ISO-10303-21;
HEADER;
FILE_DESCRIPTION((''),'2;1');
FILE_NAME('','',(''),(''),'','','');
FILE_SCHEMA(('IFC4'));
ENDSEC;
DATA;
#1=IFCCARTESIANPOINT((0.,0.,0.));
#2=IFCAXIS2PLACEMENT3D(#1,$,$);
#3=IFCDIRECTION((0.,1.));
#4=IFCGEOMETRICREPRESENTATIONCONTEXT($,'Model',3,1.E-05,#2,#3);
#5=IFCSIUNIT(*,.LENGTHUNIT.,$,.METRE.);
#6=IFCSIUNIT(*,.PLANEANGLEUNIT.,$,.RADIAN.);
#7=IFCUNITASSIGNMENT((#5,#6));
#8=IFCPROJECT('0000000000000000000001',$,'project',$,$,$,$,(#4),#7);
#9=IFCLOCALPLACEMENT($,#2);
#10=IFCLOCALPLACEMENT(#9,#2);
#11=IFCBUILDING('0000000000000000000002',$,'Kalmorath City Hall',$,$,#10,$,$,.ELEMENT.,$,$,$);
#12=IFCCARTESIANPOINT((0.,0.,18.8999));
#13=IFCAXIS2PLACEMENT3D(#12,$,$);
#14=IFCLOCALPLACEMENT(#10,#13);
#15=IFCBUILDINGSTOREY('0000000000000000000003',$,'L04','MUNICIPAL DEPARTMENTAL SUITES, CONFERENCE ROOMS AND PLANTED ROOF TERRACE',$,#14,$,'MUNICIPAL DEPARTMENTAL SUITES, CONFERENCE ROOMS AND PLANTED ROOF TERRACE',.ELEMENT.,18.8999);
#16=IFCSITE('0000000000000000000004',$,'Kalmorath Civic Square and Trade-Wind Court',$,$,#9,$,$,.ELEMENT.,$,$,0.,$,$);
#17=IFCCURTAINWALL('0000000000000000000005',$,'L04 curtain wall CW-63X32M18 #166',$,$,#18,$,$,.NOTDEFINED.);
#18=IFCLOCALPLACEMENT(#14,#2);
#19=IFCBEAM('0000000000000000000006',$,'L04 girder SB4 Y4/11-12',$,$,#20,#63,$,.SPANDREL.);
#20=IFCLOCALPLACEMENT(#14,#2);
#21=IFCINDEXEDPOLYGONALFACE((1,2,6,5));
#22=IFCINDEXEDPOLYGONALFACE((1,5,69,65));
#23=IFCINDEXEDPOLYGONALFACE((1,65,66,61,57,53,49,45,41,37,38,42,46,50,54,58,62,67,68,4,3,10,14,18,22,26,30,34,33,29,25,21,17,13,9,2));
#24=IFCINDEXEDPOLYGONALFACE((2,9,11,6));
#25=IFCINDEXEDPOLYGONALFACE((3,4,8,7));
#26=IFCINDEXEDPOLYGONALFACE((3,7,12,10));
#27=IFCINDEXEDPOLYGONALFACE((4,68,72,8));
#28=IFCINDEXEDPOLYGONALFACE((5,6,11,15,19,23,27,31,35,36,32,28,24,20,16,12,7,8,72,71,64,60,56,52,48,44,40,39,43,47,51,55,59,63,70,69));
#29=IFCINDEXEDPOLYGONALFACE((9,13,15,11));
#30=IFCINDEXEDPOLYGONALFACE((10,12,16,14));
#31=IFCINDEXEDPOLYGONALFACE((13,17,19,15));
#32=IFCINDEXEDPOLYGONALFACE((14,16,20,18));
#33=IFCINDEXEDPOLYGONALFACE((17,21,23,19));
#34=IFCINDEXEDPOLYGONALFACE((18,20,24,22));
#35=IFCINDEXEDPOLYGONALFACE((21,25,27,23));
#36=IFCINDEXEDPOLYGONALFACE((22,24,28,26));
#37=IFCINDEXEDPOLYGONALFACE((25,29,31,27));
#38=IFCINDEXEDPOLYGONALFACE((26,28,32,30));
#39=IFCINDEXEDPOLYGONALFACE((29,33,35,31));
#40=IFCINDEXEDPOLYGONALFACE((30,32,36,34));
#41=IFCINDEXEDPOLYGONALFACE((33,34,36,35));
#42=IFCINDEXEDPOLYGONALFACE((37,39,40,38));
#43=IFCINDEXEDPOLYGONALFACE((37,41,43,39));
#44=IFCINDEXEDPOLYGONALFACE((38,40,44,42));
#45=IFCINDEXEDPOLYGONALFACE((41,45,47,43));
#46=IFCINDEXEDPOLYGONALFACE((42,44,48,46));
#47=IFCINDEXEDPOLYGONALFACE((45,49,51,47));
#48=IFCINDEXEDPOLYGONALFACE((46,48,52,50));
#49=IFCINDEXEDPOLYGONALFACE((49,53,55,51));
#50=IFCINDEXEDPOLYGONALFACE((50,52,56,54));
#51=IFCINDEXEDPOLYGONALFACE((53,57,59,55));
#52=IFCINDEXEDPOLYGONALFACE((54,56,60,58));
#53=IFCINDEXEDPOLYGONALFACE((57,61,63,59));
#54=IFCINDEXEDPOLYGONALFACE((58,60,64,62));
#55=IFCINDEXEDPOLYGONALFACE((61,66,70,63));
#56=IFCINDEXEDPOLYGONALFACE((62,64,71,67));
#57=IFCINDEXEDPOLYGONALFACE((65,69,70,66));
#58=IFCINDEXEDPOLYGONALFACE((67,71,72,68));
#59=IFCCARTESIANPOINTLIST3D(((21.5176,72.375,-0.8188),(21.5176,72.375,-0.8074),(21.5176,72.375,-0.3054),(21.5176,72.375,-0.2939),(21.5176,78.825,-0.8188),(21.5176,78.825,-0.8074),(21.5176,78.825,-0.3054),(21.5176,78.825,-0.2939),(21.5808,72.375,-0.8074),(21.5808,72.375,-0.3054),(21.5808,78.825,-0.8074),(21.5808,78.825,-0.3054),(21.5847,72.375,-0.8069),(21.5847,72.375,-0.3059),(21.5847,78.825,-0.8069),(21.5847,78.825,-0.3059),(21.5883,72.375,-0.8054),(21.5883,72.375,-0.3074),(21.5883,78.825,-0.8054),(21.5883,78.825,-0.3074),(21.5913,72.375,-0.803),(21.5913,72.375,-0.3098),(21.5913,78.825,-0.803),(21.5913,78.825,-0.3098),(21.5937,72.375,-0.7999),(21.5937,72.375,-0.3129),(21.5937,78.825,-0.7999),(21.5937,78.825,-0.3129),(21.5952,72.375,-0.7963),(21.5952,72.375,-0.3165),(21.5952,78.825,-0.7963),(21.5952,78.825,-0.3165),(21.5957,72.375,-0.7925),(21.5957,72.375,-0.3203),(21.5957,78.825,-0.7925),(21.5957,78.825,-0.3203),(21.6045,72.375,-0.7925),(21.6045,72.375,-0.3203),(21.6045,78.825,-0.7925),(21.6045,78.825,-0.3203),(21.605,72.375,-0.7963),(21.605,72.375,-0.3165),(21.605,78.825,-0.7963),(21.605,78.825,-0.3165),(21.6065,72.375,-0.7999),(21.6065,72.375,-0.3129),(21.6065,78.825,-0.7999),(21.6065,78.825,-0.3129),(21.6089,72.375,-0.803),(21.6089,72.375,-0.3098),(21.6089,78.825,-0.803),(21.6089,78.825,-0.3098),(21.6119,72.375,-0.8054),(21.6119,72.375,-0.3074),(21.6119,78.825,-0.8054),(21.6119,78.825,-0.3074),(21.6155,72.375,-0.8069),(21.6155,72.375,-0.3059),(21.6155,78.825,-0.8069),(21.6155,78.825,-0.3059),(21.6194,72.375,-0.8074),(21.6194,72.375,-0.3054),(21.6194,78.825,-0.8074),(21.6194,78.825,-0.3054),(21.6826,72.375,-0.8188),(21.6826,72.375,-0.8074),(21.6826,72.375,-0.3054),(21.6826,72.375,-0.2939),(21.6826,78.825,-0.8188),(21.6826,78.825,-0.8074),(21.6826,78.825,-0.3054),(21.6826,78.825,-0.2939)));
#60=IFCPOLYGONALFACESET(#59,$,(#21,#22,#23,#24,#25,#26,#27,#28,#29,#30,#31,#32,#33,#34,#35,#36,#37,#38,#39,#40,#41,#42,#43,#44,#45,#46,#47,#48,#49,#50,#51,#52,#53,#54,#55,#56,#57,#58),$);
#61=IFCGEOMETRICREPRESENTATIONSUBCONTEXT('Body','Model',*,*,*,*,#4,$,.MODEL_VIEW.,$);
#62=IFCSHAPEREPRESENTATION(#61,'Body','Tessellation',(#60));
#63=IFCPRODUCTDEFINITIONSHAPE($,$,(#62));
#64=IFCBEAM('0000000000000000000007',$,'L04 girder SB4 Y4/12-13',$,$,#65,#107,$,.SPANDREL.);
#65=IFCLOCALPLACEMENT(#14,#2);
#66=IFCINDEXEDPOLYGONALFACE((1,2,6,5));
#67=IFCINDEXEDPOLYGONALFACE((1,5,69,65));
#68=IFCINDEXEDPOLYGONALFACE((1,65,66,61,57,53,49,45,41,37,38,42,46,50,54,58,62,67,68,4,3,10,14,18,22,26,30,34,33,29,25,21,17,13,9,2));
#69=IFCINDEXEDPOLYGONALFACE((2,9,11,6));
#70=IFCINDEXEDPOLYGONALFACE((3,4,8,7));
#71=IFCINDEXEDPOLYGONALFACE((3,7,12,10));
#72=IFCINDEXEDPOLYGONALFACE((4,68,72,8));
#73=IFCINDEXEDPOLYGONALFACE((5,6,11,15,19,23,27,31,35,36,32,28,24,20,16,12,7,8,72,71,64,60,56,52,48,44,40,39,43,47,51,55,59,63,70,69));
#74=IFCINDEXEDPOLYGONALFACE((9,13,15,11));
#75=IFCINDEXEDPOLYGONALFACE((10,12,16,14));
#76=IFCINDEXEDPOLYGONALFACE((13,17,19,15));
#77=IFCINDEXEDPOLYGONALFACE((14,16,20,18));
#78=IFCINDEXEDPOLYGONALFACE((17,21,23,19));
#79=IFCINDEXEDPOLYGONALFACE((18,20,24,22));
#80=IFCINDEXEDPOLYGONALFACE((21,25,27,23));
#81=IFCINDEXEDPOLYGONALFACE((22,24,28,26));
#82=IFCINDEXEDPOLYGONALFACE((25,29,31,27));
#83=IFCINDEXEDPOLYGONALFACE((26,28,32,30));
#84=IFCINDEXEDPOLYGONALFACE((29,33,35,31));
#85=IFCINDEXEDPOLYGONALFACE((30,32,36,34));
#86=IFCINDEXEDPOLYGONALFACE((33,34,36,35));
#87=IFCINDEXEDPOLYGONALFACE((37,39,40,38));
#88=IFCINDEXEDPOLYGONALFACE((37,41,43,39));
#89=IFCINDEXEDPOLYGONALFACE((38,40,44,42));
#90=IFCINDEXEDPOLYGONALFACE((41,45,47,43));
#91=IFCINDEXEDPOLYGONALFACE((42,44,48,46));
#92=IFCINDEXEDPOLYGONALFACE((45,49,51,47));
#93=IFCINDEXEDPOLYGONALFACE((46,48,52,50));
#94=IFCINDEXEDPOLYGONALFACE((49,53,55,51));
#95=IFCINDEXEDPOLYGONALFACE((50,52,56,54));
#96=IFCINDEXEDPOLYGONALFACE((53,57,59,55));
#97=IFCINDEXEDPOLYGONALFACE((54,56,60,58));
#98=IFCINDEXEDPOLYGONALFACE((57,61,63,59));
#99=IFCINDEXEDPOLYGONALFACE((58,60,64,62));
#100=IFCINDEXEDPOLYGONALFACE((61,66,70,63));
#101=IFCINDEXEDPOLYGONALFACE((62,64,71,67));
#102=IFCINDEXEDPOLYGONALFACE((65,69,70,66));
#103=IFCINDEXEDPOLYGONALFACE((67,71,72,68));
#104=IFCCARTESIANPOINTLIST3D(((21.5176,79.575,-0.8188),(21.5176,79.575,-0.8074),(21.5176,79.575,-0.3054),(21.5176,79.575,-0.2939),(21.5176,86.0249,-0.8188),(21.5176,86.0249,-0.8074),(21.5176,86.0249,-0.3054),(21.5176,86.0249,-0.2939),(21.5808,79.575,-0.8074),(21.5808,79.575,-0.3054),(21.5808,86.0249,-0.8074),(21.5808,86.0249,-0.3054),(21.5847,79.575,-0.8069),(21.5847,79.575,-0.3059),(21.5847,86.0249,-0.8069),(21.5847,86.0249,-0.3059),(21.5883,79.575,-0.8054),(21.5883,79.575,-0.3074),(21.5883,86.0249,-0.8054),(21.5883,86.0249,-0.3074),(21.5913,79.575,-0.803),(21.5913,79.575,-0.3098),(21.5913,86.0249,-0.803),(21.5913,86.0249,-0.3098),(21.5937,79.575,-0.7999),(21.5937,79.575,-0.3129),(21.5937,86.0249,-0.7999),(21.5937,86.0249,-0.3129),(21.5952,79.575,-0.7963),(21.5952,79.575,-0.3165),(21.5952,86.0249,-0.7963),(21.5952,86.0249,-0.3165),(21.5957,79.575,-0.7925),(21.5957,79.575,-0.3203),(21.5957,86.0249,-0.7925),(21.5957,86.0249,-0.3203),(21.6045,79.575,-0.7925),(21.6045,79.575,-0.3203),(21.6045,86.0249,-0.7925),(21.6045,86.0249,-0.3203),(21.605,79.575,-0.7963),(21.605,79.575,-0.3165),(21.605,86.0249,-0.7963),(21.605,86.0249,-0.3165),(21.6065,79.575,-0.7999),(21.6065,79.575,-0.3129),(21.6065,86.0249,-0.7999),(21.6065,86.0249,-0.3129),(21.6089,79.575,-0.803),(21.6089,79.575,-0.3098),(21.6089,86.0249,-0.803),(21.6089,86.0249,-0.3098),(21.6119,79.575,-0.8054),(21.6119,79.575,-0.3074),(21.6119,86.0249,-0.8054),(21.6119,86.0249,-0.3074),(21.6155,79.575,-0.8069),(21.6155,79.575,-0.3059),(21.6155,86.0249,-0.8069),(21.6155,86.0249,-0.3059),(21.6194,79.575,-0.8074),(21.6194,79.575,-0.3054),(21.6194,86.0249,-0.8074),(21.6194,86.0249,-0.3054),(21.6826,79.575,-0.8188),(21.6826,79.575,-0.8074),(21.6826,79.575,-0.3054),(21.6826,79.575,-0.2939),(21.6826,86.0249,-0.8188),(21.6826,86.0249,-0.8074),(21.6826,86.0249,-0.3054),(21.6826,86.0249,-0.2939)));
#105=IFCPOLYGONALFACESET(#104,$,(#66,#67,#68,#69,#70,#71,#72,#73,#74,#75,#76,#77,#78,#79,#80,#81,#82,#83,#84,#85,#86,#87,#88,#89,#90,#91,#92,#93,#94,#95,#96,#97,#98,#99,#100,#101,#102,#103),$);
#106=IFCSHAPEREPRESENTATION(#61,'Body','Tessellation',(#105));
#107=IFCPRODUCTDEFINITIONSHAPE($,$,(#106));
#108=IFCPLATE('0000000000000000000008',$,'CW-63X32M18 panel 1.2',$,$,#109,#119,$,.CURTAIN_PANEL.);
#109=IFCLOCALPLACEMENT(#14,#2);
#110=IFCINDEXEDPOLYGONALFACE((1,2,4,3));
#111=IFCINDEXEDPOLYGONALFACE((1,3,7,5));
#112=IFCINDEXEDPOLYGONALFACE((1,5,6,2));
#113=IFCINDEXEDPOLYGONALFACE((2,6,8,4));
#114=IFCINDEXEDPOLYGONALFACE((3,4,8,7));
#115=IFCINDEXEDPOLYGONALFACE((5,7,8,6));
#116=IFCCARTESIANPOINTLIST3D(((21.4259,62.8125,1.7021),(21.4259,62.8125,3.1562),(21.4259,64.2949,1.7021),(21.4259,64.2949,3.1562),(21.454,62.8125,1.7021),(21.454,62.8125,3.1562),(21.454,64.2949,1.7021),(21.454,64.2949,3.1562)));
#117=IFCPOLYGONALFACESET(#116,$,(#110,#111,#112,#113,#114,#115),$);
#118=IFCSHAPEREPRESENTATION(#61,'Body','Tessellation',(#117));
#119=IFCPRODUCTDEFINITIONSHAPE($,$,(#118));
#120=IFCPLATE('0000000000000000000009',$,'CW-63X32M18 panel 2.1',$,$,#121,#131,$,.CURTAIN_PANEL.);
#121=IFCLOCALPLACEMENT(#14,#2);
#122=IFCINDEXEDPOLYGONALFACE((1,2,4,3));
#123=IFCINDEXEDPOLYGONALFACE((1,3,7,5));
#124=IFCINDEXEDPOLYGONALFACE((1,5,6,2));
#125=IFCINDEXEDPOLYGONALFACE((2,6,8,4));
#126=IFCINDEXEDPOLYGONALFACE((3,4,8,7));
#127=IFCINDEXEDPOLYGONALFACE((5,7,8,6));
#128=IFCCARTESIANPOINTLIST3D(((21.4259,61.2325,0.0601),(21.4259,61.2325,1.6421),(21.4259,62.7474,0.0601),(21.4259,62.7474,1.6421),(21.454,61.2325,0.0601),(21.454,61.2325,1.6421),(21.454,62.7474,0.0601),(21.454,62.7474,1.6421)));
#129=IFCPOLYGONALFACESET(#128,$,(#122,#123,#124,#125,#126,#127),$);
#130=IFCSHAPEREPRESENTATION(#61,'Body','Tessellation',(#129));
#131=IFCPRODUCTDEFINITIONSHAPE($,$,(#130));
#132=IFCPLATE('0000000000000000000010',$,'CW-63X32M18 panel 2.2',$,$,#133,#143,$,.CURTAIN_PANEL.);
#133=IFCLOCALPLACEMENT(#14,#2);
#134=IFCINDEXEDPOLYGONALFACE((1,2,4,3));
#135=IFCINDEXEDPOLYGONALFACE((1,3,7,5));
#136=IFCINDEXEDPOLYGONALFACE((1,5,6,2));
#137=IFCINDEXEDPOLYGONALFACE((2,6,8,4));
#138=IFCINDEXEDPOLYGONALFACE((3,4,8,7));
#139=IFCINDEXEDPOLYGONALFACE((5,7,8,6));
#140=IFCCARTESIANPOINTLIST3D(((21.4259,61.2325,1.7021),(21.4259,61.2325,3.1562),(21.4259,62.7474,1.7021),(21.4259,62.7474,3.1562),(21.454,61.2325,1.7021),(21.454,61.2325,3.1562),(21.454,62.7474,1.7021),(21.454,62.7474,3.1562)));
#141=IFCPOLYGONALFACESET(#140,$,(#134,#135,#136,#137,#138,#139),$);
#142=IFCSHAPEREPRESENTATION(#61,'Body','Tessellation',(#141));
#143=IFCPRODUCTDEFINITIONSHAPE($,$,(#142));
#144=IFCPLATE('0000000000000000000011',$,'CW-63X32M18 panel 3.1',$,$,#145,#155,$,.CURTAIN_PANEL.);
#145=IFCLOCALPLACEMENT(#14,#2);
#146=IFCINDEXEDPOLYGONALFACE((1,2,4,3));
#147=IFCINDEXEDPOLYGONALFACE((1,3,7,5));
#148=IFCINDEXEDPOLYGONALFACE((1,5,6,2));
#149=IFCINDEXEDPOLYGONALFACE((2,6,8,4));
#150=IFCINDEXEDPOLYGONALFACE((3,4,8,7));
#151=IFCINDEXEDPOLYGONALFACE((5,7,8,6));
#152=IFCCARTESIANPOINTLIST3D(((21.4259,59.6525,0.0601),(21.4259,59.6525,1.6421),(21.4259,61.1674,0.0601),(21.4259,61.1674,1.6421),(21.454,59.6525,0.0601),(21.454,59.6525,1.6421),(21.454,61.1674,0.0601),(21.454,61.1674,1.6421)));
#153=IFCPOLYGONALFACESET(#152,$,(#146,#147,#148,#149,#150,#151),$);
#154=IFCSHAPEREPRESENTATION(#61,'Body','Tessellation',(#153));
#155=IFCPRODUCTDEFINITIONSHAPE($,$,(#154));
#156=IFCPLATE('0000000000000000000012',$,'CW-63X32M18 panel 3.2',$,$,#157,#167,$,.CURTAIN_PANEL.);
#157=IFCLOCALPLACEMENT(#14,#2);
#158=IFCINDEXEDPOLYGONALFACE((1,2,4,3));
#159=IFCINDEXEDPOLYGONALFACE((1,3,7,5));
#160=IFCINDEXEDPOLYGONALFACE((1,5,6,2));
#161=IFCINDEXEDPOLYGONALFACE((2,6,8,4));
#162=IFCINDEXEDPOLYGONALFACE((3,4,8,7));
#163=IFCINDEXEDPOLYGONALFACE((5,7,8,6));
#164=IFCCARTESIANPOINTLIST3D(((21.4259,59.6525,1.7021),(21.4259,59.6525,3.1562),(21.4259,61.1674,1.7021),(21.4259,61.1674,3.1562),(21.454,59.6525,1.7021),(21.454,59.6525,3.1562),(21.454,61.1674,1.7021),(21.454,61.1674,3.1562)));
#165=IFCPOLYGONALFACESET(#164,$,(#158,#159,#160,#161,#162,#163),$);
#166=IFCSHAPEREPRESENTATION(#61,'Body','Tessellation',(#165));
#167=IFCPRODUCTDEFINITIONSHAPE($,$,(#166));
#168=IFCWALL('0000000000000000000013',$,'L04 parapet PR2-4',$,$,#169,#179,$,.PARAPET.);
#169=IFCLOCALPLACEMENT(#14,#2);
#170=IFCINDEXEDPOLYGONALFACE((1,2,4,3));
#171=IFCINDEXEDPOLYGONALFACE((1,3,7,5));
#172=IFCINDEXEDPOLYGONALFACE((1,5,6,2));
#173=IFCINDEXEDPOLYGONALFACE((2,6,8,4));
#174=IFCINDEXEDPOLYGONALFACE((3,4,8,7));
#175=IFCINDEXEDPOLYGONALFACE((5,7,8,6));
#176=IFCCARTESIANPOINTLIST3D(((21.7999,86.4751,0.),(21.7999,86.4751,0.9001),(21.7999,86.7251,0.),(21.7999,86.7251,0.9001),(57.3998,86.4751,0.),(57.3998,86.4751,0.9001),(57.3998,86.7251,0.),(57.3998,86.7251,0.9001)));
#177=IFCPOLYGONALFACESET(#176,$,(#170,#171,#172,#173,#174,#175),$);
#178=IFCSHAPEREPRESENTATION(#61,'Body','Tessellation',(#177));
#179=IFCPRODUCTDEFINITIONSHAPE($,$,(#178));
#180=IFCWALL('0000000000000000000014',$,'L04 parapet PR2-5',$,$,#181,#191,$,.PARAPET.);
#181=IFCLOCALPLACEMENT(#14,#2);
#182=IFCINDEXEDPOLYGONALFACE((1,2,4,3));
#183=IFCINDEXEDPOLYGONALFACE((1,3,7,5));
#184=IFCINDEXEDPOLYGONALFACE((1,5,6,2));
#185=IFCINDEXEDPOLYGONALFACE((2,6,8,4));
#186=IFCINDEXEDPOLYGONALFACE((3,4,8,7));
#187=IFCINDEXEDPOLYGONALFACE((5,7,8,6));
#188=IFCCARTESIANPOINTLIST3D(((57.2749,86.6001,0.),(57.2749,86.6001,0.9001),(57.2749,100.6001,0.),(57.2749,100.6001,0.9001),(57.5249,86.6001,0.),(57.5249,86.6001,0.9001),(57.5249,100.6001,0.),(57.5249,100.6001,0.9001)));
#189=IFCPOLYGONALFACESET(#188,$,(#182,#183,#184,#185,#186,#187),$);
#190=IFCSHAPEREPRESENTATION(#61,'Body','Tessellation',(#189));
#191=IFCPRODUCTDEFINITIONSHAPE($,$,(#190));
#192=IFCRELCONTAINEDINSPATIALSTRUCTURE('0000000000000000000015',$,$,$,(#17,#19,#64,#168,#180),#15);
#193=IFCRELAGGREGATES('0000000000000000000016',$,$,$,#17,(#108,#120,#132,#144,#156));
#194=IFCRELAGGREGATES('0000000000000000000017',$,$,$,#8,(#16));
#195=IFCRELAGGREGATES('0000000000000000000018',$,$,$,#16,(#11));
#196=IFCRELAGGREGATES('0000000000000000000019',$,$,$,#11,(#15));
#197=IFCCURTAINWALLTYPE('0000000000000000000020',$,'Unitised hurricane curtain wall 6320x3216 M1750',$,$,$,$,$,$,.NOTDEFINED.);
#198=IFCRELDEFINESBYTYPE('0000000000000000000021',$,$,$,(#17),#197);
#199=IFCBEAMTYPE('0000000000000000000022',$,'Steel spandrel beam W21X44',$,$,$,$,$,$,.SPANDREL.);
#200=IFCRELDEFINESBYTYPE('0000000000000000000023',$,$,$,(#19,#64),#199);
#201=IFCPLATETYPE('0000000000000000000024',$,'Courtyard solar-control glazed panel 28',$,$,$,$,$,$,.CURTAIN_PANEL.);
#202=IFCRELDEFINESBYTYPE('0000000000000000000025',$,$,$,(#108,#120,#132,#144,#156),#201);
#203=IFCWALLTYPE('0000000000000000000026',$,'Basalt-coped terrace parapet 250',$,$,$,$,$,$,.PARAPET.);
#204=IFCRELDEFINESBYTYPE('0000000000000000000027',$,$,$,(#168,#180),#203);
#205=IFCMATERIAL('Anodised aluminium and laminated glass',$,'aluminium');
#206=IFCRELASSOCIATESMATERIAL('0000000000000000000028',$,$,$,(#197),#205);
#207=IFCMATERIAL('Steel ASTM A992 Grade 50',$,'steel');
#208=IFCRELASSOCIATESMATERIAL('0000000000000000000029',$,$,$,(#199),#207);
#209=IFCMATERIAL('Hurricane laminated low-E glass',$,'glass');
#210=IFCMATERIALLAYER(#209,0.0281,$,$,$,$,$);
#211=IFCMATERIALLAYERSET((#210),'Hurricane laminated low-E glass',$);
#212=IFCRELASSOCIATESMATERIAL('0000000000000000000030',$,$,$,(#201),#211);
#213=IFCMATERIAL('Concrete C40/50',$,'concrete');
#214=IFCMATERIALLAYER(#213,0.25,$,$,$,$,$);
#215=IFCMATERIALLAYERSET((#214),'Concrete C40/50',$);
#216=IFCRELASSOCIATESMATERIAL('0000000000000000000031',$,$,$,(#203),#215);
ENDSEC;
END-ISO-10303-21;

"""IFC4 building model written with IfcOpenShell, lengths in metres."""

from ifc_helpers import new_model, si_unit, direction, frame, frame_2d, origin, origin_2d, place, context, subcontext, project, spatial, rectangle, i_section, extrude, material, layer, layer_set, material_profile, profile_set, type_object, element, aggregate, save


model = new_model("IFC4")

# Units and contexts
model_context = context("Model", 3, precision=1e-05, world=origin(), true_north=direction((0.0, 1.0)))
body_context = subcontext(model_context, "Body", "Model", "MODEL_VIEW")
ifc_project = project(units=[si_unit("LENGTHUNIT", "METRE"), si_unit("PLANEANGLEUNIT", "RADIAN")], contexts=[model_context])

# Site, building, storey
site_placement = place(None, origin())
site = spatial("IfcSite", under=ifc_project, at=site_placement, Name="Kalmorath Civic Square and Trade-Wind Court", CompositionType="ELEMENT", RefElevation=0.0)
building_placement = place(site_placement, origin())
building = spatial("IfcBuilding", under=site, at=building_placement, Name="Kalmorath City Hall", CompositionType="ELEMENT")
storey_placement = place(building_placement, frame((0.0, 0.0, 18.8999)))
storey = spatial("IfcBuildingStorey", under=building, at=storey_placement, Name="L04", Description="MUNICIPAL DEPARTMENTAL SUITES, CONFERENCE ROOMS AND PLANTED ROOF TERRACE", LongName="MUNICIPAL DEPARTMENTAL SUITES, CONFERENCE ROOMS AND PLANTED ROOF TERRACE", CompositionType="ELEMENT", Elevation=18.8999)

# Curtain wall
ifc_material_1 = material(Name="Anodised aluminium and laminated glass", Category="aluminium")
curtain_wall_type = type_object("IfcCurtainWallType", Name="Unitised hurricane curtain wall 6320x3216 M1750", PredefinedType="NOTDEFINED", material=ifc_material_1)
curtain_wall_placement = place(storey_placement, origin())
curtain_wall = element("IfcCurtainWall", 1, at=curtain_wall_placement, inside=storey, type_object=curtain_wall_type, Name="L04 curtain wall CW-63X32M18 #166", PredefinedType="NOTDEFINED")

# Beams
ifc_material_2 = material(Name="Steel ASTM A992 Grade 50", Category="steel")
ifc_material_profile_1 = material_profile(ifc_material_2, i_section(OverallWidth=0.165, OverallDepth=0.5249, WebThickness=0.0088, FlangeThickness=0.0115, FilletRadius=0.0149, at=origin_2d()), Name="W21X44")
ifc_profile_set_1 = profile_set([ifc_material_profile_1], Name="Steel ASTM A992 Grade 50")
beam_type_1 = type_object("IfcBeamType", Name="Steel spandrel beam W21X44", PredefinedType="SPANDREL", material=ifc_profile_set_1)
for number, where, z_axis, x_axis, name in (
    (2, (21.6001, 72.375, -0.5564), (0.0, 1.0, 0.0), (-1.0, 0.0, 0.0), "L04 girder SB4 Y4/11-12"),
    (3, (21.6001, 79.575, -0.5564), (0.0, 1.0, 0.0), (-1.0, 0.0, 0.0), "L04 girder SB4 Y4/12-13"),
):
    element("IfcBeam", number, at=place(storey_placement, frame(where, z_axis=z_axis, x_axis=x_axis)), inside=storey, type_object=beam_type_1, Name=name, PredefinedType="SPANDREL", context=body_context, shape_type="SweptSolid", body=[
        extrude(i_section(OverallWidth=0.165, OverallDepth=0.5249, WebThickness=0.0088, FlangeThickness=0.0115, FilletRadius=0.0149, at=origin_2d()), origin(), (0.0, 0.0, 1.0), 6.45),
    ])

# Plates
ifc_material_3 = material(Name="Hurricane laminated low-E glass", Category="glass")
ifc_layer_1 = layer(ifc_material_3, 0.0281)
ifc_layer_set_1 = layer_set([ifc_layer_1], Name="Hurricane laminated low-E glass")
plate_type = type_object("IfcPlateType", Name="Courtyard solar-control glazed panel 28", PredefinedType="CURTAIN_PANEL", material=ifc_layer_set_1)
plate_1_placement = place(storey_placement, frame((21.4399, 63.5537, 1.7021), z_axis=(0.0, 0.0, 1.0), x_axis=(0.0, -1.0, 0.0)))
plate_1 = element("IfcPlate", 4, at=plate_1_placement, type_object=plate_type, Name="CW-63X32M18 panel 1.2", PredefinedType="CURTAIN_PANEL", context=body_context, shape_type="SweptSolid", body=[
    extrude(rectangle(XDim=1.4824, YDim=0.0281, at=origin_2d()), origin(), (0.0, 0.0, 1.0), 1.4541),
])
plate_2_placement = place(storey_placement, frame((21.4399, 61.99, 0.0601), z_axis=(0.0, 0.0, 1.0), x_axis=(0.0, -1.0, 0.0)))
plate_2 = element("IfcPlate", 5, at=plate_2_placement, type_object=plate_type, Name="CW-63X32M18 panel 2.1", PredefinedType="CURTAIN_PANEL", context=body_context, shape_type="SweptSolid", body=[
    extrude(rectangle(XDim=1.5149, YDim=0.0281, at=origin_2d()), origin(), (0.0, 0.0, 1.0), 1.582),
])
plate_3_placement = place(storey_placement, frame((21.4399, 61.99, 1.7021), z_axis=(0.0, 0.0, 1.0), x_axis=(0.0, -1.0, 0.0)))
plate_3 = element("IfcPlate", 6, at=plate_3_placement, type_object=plate_type, Name="CW-63X32M18 panel 2.2", PredefinedType="CURTAIN_PANEL", context=body_context, shape_type="SweptSolid", body=[
    extrude(rectangle(XDim=1.5149, YDim=0.0281, at=origin_2d()), origin(), (0.0, 0.0, 1.0), 1.4541),
])
plate_4_placement = place(storey_placement, frame((21.4399, 60.4099, 0.0601), z_axis=(0.0, 0.0, 1.0), x_axis=(0.0, -1.0, 0.0)))
plate_4 = element("IfcPlate", 7, at=plate_4_placement, type_object=plate_type, Name="CW-63X32M18 panel 3.1", PredefinedType="CURTAIN_PANEL", context=body_context, shape_type="SweptSolid", body=[
    extrude(rectangle(XDim=1.5149, YDim=0.0281, at=origin_2d()), origin(), (0.0, 0.0, 1.0), 1.582),
])
plate_5_placement = place(storey_placement, frame((21.4399, 60.4099, 1.7021), z_axis=(0.0, 0.0, 1.0), x_axis=(0.0, -1.0, 0.0)))
plate_5 = element("IfcPlate", 8, at=plate_5_placement, type_object=plate_type, Name="CW-63X32M18 panel 3.2", PredefinedType="CURTAIN_PANEL", context=body_context, shape_type="SweptSolid", body=[
    extrude(rectangle(XDim=1.5149, YDim=0.0281, at=origin_2d()), origin(), (0.0, 0.0, 1.0), 1.4541),
])
aggregate(curtain_wall, [plate_1, plate_2, plate_3, plate_4, plate_5])

# Walls
ifc_material_4 = material(Name="Concrete C40/50", Category="concrete")
ifc_layer_2 = layer(ifc_material_4, 0.25)
ifc_layer_set_2 = layer_set([ifc_layer_2], Name="Concrete C40/50")
wall_type = type_object("IfcWallType", Name="Basalt-coped terrace parapet 250", PredefinedType="PARAPET", material=ifc_layer_set_2)
wall_1_placement = place(storey_placement, frame((21.8, 86.6001, 0.0), z_axis=(0.0, 0.0, 1.0), x_axis=(1.0, 0.0, 0.0)))
element("IfcWall", 9, at=wall_1_placement, inside=storey, type_object=wall_type, Name="L04 parapet PR2-4", PredefinedType="PARAPET", context=body_context, shape_type="SweptSolid", body=[
    extrude(rectangle(XDim=35.5999, YDim=0.25, at=frame_2d((17.7998, 0.0))), origin(), (0.0, 0.0, 1.0), 0.9001),
])
wall_2_placement = place(storey_placement, frame((57.3999, 86.6001, 0.0), z_axis=(0.0, 0.0, 1.0), x_axis=(0.0, 1.0, 0.0)))
element("IfcWall", 10, at=wall_2_placement, inside=storey, type_object=wall_type, Name="L04 parapet PR2-5", PredefinedType="PARAPET", context=body_context, shape_type="SweptSolid", body=[
    extrude(rectangle(XDim=14.0, YDim=0.25, at=frame_2d((7.0, 0.0))), origin(), (0.0, 0.0, 1.0), 0.9001),
])

save(model, "model.ifc")
